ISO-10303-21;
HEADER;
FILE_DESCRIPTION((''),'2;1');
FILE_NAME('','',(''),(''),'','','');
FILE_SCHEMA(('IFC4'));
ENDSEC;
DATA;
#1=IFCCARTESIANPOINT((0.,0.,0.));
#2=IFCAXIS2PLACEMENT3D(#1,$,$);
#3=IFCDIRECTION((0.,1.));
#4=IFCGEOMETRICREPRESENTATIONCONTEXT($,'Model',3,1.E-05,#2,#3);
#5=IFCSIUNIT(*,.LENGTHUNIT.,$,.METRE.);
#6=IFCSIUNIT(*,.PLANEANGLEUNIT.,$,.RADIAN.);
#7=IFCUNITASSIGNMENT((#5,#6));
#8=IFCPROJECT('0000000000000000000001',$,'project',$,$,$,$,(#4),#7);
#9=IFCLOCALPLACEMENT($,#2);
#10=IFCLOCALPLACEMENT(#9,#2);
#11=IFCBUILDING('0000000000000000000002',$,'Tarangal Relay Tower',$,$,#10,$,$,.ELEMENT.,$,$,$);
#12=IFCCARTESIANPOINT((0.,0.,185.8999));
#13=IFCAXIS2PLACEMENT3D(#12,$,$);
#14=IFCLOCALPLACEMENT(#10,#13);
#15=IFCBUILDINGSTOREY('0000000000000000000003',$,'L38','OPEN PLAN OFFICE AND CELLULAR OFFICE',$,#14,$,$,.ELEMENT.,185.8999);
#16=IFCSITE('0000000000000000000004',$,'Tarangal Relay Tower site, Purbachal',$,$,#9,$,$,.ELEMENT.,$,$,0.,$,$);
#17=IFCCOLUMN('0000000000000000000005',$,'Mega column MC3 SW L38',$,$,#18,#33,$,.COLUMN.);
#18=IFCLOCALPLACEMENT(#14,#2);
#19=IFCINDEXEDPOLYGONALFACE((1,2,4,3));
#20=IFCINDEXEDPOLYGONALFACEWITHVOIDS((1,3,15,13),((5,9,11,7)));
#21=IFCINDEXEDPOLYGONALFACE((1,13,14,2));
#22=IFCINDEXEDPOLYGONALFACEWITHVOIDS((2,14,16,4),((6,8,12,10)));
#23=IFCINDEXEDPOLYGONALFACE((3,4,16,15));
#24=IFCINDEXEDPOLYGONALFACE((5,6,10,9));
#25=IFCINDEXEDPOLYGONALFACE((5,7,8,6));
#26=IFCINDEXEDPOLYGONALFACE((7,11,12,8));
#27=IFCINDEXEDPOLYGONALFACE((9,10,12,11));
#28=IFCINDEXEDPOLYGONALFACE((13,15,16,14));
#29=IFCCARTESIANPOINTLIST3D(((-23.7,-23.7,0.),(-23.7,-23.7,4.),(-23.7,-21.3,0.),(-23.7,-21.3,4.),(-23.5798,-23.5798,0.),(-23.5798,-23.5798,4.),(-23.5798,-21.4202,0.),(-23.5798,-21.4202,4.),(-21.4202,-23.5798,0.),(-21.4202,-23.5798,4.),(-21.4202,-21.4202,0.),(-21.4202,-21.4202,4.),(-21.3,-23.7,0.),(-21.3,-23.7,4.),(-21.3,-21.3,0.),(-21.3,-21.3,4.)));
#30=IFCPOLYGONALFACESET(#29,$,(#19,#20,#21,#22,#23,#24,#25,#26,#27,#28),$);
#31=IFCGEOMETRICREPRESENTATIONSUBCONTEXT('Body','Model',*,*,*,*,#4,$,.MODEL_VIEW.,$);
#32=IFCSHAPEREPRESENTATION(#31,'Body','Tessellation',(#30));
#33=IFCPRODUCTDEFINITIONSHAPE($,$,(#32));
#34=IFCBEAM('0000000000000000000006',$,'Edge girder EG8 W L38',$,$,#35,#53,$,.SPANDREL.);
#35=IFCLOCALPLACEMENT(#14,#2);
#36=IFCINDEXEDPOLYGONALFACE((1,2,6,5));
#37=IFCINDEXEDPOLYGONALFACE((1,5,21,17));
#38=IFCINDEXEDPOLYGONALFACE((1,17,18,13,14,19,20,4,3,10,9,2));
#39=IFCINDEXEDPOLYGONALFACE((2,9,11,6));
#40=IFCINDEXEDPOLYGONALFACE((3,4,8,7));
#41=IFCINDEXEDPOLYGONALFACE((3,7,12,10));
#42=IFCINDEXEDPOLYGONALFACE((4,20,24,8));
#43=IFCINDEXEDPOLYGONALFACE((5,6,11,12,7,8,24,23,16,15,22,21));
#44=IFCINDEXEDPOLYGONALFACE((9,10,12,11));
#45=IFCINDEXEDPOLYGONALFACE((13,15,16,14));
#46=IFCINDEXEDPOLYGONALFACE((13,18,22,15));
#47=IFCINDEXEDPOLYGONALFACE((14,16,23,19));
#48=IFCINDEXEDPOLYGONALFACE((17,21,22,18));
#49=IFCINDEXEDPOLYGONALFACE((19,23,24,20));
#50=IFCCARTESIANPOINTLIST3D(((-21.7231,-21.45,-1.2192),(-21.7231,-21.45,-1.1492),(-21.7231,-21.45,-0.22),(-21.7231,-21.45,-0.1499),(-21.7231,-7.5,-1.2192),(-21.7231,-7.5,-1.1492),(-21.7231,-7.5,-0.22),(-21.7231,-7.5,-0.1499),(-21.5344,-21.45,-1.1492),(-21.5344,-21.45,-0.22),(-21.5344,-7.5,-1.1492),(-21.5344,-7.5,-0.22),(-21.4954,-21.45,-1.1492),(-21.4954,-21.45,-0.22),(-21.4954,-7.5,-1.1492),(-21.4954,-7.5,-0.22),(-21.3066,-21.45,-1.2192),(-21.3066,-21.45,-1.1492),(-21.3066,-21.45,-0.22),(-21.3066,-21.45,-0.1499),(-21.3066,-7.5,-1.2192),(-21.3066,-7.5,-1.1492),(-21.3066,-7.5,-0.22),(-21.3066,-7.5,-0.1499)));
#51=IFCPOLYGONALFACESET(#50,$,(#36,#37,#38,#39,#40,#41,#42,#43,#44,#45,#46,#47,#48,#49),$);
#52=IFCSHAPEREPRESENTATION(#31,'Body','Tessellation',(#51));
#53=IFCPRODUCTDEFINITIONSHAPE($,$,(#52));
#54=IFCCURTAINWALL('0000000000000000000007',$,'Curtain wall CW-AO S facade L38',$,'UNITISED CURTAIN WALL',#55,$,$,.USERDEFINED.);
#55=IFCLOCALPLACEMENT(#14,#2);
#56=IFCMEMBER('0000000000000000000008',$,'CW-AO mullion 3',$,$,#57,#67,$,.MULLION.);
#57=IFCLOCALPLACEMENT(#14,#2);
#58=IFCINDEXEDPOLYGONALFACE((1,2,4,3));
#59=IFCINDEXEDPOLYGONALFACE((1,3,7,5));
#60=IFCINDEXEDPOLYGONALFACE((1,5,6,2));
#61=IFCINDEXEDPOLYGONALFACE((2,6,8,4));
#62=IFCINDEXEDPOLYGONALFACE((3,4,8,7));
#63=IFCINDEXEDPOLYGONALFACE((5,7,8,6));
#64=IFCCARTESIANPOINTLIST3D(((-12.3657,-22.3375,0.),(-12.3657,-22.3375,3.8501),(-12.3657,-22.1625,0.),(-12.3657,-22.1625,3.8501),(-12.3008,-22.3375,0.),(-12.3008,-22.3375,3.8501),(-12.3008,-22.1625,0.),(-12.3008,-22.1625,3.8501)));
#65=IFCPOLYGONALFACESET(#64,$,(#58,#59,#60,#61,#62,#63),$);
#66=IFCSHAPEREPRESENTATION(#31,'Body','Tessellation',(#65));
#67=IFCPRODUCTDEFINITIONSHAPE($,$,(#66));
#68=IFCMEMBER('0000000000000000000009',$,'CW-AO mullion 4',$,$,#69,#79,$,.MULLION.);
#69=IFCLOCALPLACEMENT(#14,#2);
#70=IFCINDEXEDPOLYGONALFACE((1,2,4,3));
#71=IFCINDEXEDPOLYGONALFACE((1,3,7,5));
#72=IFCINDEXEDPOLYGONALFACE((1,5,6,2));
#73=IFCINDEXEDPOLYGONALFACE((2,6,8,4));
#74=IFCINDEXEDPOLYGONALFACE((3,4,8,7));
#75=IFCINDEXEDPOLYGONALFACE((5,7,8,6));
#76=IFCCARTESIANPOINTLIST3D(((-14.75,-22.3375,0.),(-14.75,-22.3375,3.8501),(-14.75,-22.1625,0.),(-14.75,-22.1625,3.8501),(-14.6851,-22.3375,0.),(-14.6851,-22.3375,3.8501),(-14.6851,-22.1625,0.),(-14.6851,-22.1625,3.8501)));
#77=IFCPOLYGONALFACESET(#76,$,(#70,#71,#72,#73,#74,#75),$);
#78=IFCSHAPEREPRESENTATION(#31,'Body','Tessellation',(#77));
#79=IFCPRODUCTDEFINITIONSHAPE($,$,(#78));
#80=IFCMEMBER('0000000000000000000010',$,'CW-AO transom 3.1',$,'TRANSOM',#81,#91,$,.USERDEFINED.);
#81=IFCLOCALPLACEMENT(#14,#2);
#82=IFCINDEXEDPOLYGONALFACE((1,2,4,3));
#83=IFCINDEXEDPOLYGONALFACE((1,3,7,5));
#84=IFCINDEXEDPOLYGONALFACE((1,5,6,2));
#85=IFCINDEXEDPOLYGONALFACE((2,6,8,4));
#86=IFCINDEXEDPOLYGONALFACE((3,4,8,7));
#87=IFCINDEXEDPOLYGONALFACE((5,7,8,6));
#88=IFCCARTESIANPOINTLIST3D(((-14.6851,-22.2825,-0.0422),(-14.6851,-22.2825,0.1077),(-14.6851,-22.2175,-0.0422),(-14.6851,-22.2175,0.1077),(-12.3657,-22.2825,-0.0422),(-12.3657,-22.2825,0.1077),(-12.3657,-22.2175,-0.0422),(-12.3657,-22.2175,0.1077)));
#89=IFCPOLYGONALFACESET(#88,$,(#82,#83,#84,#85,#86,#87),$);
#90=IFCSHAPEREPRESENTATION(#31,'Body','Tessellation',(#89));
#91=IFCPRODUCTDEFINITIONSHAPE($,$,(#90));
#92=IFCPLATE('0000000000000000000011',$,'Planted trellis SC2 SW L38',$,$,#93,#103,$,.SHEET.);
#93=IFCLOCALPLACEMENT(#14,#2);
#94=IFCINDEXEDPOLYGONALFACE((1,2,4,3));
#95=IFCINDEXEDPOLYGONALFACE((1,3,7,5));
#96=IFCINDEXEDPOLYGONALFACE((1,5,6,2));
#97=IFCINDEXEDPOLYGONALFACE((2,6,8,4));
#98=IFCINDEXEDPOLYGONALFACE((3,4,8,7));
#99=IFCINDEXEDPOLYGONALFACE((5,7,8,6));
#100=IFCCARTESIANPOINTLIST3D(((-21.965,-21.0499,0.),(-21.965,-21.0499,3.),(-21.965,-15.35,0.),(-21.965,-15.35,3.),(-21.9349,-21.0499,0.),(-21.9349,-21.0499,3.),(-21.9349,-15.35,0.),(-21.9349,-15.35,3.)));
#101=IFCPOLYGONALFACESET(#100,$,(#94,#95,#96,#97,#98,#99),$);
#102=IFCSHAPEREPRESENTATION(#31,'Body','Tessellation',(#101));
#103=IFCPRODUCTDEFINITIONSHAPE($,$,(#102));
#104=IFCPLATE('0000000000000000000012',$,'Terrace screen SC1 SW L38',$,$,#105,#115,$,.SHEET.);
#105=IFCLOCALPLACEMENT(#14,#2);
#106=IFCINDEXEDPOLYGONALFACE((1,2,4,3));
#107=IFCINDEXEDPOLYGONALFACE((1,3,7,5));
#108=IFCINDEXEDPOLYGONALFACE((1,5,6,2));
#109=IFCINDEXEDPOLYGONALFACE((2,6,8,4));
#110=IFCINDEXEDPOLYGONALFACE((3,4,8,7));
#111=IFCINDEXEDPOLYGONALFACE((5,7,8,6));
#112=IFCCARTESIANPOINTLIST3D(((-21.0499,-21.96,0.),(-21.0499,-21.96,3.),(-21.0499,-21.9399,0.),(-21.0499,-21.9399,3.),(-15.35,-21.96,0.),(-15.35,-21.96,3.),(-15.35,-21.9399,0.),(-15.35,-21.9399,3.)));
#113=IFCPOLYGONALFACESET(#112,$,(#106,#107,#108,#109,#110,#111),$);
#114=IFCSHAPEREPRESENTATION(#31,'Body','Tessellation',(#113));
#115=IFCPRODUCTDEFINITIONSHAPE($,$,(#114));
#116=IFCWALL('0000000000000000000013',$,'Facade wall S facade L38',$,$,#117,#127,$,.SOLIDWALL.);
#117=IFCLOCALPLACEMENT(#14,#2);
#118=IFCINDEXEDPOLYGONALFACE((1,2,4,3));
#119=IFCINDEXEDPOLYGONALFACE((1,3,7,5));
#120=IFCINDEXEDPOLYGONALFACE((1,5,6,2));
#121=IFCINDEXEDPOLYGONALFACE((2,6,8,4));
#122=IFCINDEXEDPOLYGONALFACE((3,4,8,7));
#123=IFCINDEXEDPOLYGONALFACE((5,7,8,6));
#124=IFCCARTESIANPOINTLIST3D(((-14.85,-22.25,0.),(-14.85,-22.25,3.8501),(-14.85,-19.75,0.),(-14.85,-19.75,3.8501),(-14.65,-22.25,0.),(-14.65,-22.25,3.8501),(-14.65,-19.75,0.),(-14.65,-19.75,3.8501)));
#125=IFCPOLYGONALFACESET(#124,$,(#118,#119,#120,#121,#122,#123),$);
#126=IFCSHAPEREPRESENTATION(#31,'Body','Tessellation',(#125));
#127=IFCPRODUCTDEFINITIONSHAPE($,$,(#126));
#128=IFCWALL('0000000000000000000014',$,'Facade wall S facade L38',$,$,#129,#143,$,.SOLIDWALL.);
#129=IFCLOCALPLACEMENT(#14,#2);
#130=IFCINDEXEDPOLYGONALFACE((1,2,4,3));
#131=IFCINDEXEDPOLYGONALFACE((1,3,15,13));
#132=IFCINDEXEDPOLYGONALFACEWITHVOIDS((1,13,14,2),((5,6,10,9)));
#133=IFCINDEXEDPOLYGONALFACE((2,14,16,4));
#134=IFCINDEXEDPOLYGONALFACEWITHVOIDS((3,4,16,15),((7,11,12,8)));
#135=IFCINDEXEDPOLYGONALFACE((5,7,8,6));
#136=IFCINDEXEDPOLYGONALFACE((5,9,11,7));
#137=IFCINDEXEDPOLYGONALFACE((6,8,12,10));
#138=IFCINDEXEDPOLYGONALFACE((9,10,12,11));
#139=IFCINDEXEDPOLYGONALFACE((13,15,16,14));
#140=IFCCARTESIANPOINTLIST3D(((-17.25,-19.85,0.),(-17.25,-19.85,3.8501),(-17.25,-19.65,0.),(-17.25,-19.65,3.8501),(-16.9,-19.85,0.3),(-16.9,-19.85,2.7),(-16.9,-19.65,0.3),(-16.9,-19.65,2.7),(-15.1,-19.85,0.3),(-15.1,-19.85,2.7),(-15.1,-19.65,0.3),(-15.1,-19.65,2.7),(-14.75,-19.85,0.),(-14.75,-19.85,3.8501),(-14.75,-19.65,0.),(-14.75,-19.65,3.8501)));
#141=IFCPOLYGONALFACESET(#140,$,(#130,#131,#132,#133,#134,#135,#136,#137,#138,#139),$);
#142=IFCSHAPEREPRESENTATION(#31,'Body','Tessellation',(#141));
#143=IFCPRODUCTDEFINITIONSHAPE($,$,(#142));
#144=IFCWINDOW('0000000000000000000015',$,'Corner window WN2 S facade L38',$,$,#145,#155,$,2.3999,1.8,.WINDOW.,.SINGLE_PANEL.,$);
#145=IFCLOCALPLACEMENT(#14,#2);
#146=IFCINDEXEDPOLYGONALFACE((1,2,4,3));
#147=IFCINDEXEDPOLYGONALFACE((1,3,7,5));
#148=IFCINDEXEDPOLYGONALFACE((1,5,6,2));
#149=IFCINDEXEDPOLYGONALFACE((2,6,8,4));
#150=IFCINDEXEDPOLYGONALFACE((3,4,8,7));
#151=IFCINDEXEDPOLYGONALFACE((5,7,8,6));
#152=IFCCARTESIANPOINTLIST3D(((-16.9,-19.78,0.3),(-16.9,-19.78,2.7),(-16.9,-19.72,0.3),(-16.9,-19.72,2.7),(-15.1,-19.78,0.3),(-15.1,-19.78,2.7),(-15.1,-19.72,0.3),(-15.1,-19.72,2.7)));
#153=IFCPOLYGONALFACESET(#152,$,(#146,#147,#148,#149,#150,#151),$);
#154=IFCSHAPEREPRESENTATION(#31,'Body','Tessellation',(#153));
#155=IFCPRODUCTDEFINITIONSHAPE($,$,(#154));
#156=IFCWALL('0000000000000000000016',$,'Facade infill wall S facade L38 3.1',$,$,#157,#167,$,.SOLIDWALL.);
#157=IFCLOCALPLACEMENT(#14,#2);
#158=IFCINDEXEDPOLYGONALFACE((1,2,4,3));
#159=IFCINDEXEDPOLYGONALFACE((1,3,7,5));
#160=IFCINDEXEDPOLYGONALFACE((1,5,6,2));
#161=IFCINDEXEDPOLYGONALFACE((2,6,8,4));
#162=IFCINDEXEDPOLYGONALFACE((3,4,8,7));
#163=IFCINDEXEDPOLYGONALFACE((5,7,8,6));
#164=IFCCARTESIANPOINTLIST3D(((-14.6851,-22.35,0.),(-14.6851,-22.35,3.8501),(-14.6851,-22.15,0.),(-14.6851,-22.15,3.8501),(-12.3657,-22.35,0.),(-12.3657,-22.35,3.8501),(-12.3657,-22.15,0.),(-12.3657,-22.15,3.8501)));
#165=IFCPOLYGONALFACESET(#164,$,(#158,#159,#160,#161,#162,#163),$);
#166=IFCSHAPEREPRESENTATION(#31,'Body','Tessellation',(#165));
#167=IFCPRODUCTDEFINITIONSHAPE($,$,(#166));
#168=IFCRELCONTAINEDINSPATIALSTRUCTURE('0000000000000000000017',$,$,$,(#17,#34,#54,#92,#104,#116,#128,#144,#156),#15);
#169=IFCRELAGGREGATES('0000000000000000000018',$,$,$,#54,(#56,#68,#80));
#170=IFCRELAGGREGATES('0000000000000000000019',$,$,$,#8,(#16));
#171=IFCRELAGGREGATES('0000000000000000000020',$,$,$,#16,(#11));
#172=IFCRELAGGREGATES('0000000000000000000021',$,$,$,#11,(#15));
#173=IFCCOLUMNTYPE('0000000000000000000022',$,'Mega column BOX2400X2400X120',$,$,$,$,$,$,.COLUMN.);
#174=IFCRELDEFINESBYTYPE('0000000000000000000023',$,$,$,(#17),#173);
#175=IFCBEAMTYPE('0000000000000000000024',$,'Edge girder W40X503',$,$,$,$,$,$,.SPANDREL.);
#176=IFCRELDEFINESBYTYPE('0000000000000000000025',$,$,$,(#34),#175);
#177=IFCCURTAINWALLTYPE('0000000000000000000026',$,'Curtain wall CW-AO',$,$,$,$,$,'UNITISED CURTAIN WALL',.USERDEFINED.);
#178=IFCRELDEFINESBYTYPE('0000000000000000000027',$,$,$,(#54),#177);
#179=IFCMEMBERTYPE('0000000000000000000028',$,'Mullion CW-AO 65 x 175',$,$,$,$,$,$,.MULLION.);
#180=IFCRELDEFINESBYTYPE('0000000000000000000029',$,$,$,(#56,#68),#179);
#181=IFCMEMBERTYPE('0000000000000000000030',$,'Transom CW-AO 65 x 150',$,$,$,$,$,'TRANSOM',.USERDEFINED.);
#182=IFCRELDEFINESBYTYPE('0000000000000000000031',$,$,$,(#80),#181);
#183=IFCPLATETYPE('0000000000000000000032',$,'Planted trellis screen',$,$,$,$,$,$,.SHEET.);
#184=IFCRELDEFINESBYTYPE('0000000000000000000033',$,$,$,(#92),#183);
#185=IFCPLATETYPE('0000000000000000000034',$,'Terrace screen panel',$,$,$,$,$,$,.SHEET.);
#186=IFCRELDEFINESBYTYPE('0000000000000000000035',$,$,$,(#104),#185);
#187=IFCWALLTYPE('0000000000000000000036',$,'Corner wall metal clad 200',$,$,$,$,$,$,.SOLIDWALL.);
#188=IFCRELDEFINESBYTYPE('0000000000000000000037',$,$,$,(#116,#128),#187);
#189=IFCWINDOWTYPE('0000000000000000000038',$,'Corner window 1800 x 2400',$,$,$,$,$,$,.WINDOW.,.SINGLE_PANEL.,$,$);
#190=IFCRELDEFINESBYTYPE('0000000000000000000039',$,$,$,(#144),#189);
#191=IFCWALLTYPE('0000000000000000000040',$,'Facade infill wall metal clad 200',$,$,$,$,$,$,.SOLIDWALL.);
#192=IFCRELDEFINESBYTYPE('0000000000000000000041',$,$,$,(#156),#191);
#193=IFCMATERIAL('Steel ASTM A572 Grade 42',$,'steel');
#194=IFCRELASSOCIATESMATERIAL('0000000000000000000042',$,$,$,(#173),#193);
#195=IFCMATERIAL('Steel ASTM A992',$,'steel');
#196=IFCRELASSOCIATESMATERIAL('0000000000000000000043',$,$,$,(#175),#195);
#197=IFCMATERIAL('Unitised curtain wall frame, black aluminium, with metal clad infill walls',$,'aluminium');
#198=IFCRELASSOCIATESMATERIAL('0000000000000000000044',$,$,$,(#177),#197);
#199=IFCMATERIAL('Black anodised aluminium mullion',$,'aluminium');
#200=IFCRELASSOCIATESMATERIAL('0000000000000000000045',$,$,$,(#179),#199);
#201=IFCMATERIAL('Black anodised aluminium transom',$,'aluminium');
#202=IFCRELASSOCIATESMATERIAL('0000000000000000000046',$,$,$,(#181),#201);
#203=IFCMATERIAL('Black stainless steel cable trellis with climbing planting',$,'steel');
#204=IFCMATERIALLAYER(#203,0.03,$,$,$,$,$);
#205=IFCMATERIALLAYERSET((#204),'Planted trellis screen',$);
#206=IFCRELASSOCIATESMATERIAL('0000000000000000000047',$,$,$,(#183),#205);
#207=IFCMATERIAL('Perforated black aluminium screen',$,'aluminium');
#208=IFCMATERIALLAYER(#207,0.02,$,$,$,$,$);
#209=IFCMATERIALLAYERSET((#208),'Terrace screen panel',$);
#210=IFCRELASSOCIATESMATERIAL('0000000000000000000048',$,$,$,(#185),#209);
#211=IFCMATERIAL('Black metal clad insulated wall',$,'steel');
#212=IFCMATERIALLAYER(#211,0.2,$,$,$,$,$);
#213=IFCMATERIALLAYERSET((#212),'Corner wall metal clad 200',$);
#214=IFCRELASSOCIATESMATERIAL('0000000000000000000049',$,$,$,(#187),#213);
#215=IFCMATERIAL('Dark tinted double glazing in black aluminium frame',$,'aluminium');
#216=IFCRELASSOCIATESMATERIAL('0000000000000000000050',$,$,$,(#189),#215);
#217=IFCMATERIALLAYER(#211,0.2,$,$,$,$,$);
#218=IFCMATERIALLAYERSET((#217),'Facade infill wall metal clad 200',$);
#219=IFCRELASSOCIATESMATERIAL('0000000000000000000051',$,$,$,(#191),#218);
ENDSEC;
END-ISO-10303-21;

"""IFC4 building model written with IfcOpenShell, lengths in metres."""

from ifc_helpers import new_model, si_unit, direction, frame, frame_2d, origin, origin_2d, place, context, subcontext, project, spatial, rectangle, hollow_rectangle, i_section, extrude, material, layer, layer_set, material_profile, profile_set, type_object, element, fill, aggregate, save


model = new_model("IFC4")

# Units and contexts
model_context = context("Model", 3, precision=1e-05, world=origin(), true_north=direction((0.0, 1.0)))
body_context = subcontext(model_context, "Body", "Model", "MODEL_VIEW")
ifc_project = project(units=[si_unit("LENGTHUNIT", "METRE"), si_unit("PLANEANGLEUNIT", "RADIAN")], contexts=[model_context])

# Site, building, storey
site_placement = place(None, origin())
site = spatial("IfcSite", under=ifc_project, at=site_placement, Name="Tarangal Relay Tower site, Purbachal", CompositionType="ELEMENT", RefElevation=0.0)
building_placement = place(site_placement, origin())
building = spatial("IfcBuilding", under=site, at=building_placement, Name="Tarangal Relay Tower", CompositionType="ELEMENT")
storey_placement = place(building_placement, frame((0.0, 0.0, 185.8999)))
storey = spatial("IfcBuildingStorey", under=building, at=storey_placement, Name="L38", Description="OPEN PLAN OFFICE AND CELLULAR OFFICE", CompositionType="ELEMENT", Elevation=185.8999)

# Column
ifc_material_1 = material(Name="Steel ASTM A572 Grade 42", Category="steel")
ifc_material_profile_1 = material_profile(ifc_material_1, hollow_rectangle(XDim=2.3999, YDim=2.3999, WallThickness=0.1201, at=origin_2d()), Name="BOX2400X2400X120")
ifc_profile_set_1 = profile_set([ifc_material_profile_1], Name="Steel ASTM A572 Grade 42")
column_type = type_object("IfcColumnType", Name="Mega column BOX2400X2400X120", PredefinedType="COLUMN", material=ifc_profile_set_1)
column_placement = place(storey_placement, frame((-22.5, -22.5, 0.0), z_axis=(0.0, 0.0, 1.0), x_axis=(1.0, 0.0, 0.0)))
element("IfcColumn", 1, at=column_placement, inside=storey, type_object=column_type, Name="Mega column MC3 SW L38", PredefinedType="COLUMN", context=body_context, shape_type="SweptSolid", body=[
    extrude(hollow_rectangle(XDim=2.3999, YDim=2.3999, WallThickness=0.1201, at=origin_2d()), origin(), (0.0, 0.0, 1.0), 4.0),
])

# Beam
ifc_material_2 = material(Name="Steel ASTM A992", Category="steel")
ifc_material_profile_2 = material_profile(ifc_material_2, i_section(OverallWidth=0.4165, OverallDepth=1.0693, WebThickness=0.0391, FlangeThickness=0.0701, at=origin_2d()), Name="W40X503")
ifc_profile_set_2 = profile_set([ifc_material_profile_2], Name="Steel ASTM A992")
beam_type = type_object("IfcBeamType", Name="Edge girder W40X503", PredefinedType="SPANDREL", material=ifc_profile_set_2)
beam_placement = place(storey_placement, frame((-21.5149, -21.45, -0.6846), z_axis=(0.0, 1.0, 0.0), x_axis=(-1.0, 0.0, 0.0)))
element("IfcBeam", 2, at=beam_placement, inside=storey, type_object=beam_type, Name="Edge girder EG8 W L38", PredefinedType="SPANDREL", context=body_context, shape_type="SweptSolid", body=[
    extrude(i_section(OverallWidth=0.4165, OverallDepth=1.0693, WebThickness=0.0391, FlangeThickness=0.0701, at=origin_2d()), origin(), (0.0, 0.0, 1.0), 13.95),
])

# Curtain wall, members
ifc_material_3 = material(Name="Unitised curtain wall frame, black aluminium, with metal clad infill walls", Category="aluminium")
curtain_wall_type = type_object("IfcCurtainWallType", Name="Curtain wall CW-AO", ElementType="UNITISED CURTAIN WALL", PredefinedType="USERDEFINED", material=ifc_material_3)
curtain_wall_placement = place(storey_placement, origin())
curtain_wall = element("IfcCurtainWall", 3, at=curtain_wall_placement, inside=storey, type_object=curtain_wall_type, Name="Curtain wall CW-AO S facade L38", ObjectType="UNITISED CURTAIN WALL", PredefinedType="USERDEFINED")
ifc_material_4 = material(Name="Black anodised aluminium mullion", Category="aluminium")
ifc_material_profile_3 = material_profile(ifc_material_4, rectangle(XDim=0.175, YDim=0.0649, at=origin_2d()), Name="CW-AOM 65X175")
ifc_profile_set_3 = profile_set([ifc_material_profile_3], Name="Black anodised aluminium mullion")
member_type_1 = type_object("IfcMemberType", Name="Mullion CW-AO 65 x 175", PredefinedType="MULLION", material=ifc_profile_set_3)
member_1_placement = place(storey_placement, frame((-12.3333, -22.25, 0.0), z_axis=(0.0, 0.0, 1.0), x_axis=(0.0, -1.0, 0.0)))
member_1 = element("IfcMember", 4, at=member_1_placement, type_object=member_type_1, Name="CW-AO mullion 3", PredefinedType="MULLION", context=body_context, shape_type="SweptSolid", body=[
    extrude(rectangle(XDim=0.175, YDim=0.0649, at=origin_2d()), origin(), (0.0, 0.0, 1.0), 3.8501),
])
member_2_placement = place(storey_placement, frame((-14.7175, -22.25, 0.0), z_axis=(0.0, 0.0, 1.0), x_axis=(0.0, -1.0, 0.0)))
member_2 = element("IfcMember", 5, at=member_2_placement, type_object=member_type_1, Name="CW-AO mullion 4", PredefinedType="MULLION", context=body_context, shape_type="SweptSolid", body=[
    extrude(rectangle(XDim=0.175, YDim=0.0649, at=origin_2d()), origin(), (0.0, 0.0, 1.0), 3.8501),
])
ifc_material_5 = material(Name="Black anodised aluminium transom", Category="aluminium")
ifc_material_profile_4 = material_profile(ifc_material_5, rectangle(XDim=0.0649, YDim=0.1499, at=origin_2d()), Name="CW-AOT 65X150")
ifc_profile_set_4 = profile_set([ifc_material_profile_4], Name="Black anodised aluminium transom")
member_type_2 = type_object("IfcMemberType", Name="Transom CW-AO 65 x 150", ElementType="TRANSOM", PredefinedType="USERDEFINED", material=ifc_profile_set_4)
member_3_placement = place(storey_placement, frame((-12.3657, -22.25, 0.0327), z_axis=(-1.0, 0.0, 0.0), x_axis=(0.0, -1.0, 0.0)))
member_3 = element("IfcMember", 6, at=member_3_placement, type_object=member_type_2, Name="CW-AO transom 3.1", ObjectType="TRANSOM", PredefinedType="USERDEFINED", context=body_context, shape_type="SweptSolid", body=[
    extrude(rectangle(XDim=0.0649, YDim=0.1499, at=origin_2d()), origin(), (0.0, 0.0, 1.0), 2.3193),
])
aggregate(curtain_wall, [member_1, member_2, member_3])

# Plates
ifc_material_6 = material(Name="Black stainless steel cable trellis with climbing planting", Category="steel")
ifc_layer_1 = layer(ifc_material_6, 0.03)
ifc_layer_set_1 = layer_set([ifc_layer_1], Name="Planted trellis screen")
plate_type_1 = type_object("IfcPlateType", Name="Planted trellis screen", PredefinedType="SHEET", material=ifc_layer_set_1)
plate_1_placement = place(storey_placement, frame((-21.95, -18.2, 0.0), z_axis=(0.0, 0.0, 1.0), x_axis=(0.0, 1.0, 0.0)))
element("IfcPlate", 7, at=plate_1_placement, inside=storey, type_object=plate_type_1, Name="Planted trellis SC2 SW L38", PredefinedType="SHEET", context=body_context, shape_type="SweptSolid", body=[
    extrude(rectangle(XDim=5.7, YDim=0.03, at=origin_2d()), origin(), (0.0, 0.0, 1.0), 3.0),
])
ifc_material_7 = material(Name="Perforated black aluminium screen", Category="aluminium")
ifc_layer_2 = layer(ifc_material_7, 0.02)
ifc_layer_set_2 = layer_set([ifc_layer_2], Name="Terrace screen panel")
plate_type_2 = type_object("IfcPlateType", Name="Terrace screen panel", PredefinedType="SHEET", material=ifc_layer_set_2)
plate_2_placement = place(storey_placement, frame((-18.2, -21.95, 0.0), z_axis=(0.0, 0.0, 1.0), x_axis=(-1.0, 0.0, 0.0)))
element("IfcPlate", 8, at=plate_2_placement, inside=storey, type_object=plate_type_2, Name="Terrace screen SC1 SW L38", PredefinedType="SHEET", context=body_context, shape_type="SweptSolid", body=[
    extrude(rectangle(XDim=5.7, YDim=0.02, at=origin_2d()), origin(), (0.0, 0.0, 1.0), 3.0),
])

# Wall
ifc_material_8 = material(Name="Black metal clad insulated wall", Category="steel")
ifc_layer_3 = layer(ifc_material_8, 0.2)
ifc_layer_set_3 = layer_set([ifc_layer_3], Name="Corner wall metal clad 200")
wall_type_1 = type_object("IfcWallType", Name="Corner wall metal clad 200", PredefinedType="SOLIDWALL", material=ifc_layer_set_3)
wall_1_placement = place(storey_placement, frame((-14.75, -22.25, 0.0), z_axis=(0.0, 0.0, 1.0), x_axis=(0.0, 1.0, 0.0)))
element("IfcWall", 9, at=wall_1_placement, inside=storey, type_object=wall_type_1, Name="Facade wall S facade L38", PredefinedType="SOLIDWALL", context=body_context, shape_type="SweptSolid", body=[
    extrude(rectangle(XDim=2.5, YDim=0.2, at=frame_2d((1.25, 0.0))), origin(), (0.0, 0.0, 1.0), 3.8501),
])

# Wall, opening, window
wall_2_placement = place(storey_placement, frame((-14.75, -19.75, 0.0), z_axis=(0.0, 0.0, 1.0), x_axis=(-1.0, 0.0, 0.0)))
wall_2 = element("IfcWall", 10, at=wall_2_placement, inside=storey, type_object=wall_type_1, Name="Facade wall S facade L38", PredefinedType="SOLIDWALL", context=body_context, shape_type="SweptSolid", body=[
    extrude(rectangle(XDim=2.5, YDim=0.2, at=frame_2d((1.25, 0.0))), origin(), (0.0, 0.0, 1.0), 3.8501),
])
opening_1_placement = place(wall_2_placement, frame((0.3501, 0.0, 0.3)))
opening_1 = element("IfcOpeningElement", 11, at=opening_1_placement, cuts=wall_2, PredefinedType="OPENING", context=body_context, shape_type="SweptSolid", body=[
    extrude(rectangle(XDim=1.8, YDim=2.3999, at=frame_2d((0.8999, 1.2))), frame((0.0, 0.1099, 0.0), z_axis=(0.0, -1.0, 0.0), x_axis=(1.0, 0.0, 0.0)), (0.0, 0.0, 1.0), 0.22),
])
ifc_material_9 = material(Name="Dark tinted double glazing in black aluminium frame", Category="aluminium")
window_type = type_object("IfcWindowType", Name="Corner window 1800 x 2400", PartitioningType="SINGLE_PANEL", PredefinedType="WINDOW", material=ifc_material_9)
window_placement = place(opening_1_placement, origin())
window = element("IfcWindow", 12, at=window_placement, inside=storey, type_object=window_type, Name="Corner window WN2 S facade L38", OverallHeight=2.3999, OverallWidth=1.8, PartitioningType="SINGLE_PANEL", PredefinedType="WINDOW", context=body_context, shape_type="SweptSolid", body=[
    extrude(rectangle(XDim=1.8, YDim=2.3999, at=frame_2d((0.8999, 1.2))), frame((0.0, 0.03, 0.0), z_axis=(0.0, -1.0, 0.0), x_axis=(1.0, 0.0, 0.0)), (0.0, 0.0, 1.0), 0.0601),
])
fill(opening_1, window)

# Wall
ifc_layer_4 = layer(ifc_material_8, 0.2)
ifc_layer_set_4 = layer_set([ifc_layer_4], Name="Facade infill wall metal clad 200")
wall_type_2 = type_object("IfcWallType", Name="Facade infill wall metal clad 200", PredefinedType="SOLIDWALL", material=ifc_layer_set_4)
wall_3_placement = place(storey_placement, frame((-12.3657, -22.25, 0.0), z_axis=(0.0, 0.0, 1.0), x_axis=(-1.0, 0.0, 0.0)))
element("IfcWall", 13, at=wall_3_placement, inside=storey, type_object=wall_type_2, Name="Facade infill wall S facade L38 3.1", PredefinedType="SOLIDWALL", context=body_context, shape_type="SweptSolid", body=[
    extrude(rectangle(XDim=2.3193, YDim=0.2, at=frame_2d((1.1597, 0.0))), origin(), (0.0, 0.0, 1.0), 3.8501),
])

save(model, "model.ifc")
